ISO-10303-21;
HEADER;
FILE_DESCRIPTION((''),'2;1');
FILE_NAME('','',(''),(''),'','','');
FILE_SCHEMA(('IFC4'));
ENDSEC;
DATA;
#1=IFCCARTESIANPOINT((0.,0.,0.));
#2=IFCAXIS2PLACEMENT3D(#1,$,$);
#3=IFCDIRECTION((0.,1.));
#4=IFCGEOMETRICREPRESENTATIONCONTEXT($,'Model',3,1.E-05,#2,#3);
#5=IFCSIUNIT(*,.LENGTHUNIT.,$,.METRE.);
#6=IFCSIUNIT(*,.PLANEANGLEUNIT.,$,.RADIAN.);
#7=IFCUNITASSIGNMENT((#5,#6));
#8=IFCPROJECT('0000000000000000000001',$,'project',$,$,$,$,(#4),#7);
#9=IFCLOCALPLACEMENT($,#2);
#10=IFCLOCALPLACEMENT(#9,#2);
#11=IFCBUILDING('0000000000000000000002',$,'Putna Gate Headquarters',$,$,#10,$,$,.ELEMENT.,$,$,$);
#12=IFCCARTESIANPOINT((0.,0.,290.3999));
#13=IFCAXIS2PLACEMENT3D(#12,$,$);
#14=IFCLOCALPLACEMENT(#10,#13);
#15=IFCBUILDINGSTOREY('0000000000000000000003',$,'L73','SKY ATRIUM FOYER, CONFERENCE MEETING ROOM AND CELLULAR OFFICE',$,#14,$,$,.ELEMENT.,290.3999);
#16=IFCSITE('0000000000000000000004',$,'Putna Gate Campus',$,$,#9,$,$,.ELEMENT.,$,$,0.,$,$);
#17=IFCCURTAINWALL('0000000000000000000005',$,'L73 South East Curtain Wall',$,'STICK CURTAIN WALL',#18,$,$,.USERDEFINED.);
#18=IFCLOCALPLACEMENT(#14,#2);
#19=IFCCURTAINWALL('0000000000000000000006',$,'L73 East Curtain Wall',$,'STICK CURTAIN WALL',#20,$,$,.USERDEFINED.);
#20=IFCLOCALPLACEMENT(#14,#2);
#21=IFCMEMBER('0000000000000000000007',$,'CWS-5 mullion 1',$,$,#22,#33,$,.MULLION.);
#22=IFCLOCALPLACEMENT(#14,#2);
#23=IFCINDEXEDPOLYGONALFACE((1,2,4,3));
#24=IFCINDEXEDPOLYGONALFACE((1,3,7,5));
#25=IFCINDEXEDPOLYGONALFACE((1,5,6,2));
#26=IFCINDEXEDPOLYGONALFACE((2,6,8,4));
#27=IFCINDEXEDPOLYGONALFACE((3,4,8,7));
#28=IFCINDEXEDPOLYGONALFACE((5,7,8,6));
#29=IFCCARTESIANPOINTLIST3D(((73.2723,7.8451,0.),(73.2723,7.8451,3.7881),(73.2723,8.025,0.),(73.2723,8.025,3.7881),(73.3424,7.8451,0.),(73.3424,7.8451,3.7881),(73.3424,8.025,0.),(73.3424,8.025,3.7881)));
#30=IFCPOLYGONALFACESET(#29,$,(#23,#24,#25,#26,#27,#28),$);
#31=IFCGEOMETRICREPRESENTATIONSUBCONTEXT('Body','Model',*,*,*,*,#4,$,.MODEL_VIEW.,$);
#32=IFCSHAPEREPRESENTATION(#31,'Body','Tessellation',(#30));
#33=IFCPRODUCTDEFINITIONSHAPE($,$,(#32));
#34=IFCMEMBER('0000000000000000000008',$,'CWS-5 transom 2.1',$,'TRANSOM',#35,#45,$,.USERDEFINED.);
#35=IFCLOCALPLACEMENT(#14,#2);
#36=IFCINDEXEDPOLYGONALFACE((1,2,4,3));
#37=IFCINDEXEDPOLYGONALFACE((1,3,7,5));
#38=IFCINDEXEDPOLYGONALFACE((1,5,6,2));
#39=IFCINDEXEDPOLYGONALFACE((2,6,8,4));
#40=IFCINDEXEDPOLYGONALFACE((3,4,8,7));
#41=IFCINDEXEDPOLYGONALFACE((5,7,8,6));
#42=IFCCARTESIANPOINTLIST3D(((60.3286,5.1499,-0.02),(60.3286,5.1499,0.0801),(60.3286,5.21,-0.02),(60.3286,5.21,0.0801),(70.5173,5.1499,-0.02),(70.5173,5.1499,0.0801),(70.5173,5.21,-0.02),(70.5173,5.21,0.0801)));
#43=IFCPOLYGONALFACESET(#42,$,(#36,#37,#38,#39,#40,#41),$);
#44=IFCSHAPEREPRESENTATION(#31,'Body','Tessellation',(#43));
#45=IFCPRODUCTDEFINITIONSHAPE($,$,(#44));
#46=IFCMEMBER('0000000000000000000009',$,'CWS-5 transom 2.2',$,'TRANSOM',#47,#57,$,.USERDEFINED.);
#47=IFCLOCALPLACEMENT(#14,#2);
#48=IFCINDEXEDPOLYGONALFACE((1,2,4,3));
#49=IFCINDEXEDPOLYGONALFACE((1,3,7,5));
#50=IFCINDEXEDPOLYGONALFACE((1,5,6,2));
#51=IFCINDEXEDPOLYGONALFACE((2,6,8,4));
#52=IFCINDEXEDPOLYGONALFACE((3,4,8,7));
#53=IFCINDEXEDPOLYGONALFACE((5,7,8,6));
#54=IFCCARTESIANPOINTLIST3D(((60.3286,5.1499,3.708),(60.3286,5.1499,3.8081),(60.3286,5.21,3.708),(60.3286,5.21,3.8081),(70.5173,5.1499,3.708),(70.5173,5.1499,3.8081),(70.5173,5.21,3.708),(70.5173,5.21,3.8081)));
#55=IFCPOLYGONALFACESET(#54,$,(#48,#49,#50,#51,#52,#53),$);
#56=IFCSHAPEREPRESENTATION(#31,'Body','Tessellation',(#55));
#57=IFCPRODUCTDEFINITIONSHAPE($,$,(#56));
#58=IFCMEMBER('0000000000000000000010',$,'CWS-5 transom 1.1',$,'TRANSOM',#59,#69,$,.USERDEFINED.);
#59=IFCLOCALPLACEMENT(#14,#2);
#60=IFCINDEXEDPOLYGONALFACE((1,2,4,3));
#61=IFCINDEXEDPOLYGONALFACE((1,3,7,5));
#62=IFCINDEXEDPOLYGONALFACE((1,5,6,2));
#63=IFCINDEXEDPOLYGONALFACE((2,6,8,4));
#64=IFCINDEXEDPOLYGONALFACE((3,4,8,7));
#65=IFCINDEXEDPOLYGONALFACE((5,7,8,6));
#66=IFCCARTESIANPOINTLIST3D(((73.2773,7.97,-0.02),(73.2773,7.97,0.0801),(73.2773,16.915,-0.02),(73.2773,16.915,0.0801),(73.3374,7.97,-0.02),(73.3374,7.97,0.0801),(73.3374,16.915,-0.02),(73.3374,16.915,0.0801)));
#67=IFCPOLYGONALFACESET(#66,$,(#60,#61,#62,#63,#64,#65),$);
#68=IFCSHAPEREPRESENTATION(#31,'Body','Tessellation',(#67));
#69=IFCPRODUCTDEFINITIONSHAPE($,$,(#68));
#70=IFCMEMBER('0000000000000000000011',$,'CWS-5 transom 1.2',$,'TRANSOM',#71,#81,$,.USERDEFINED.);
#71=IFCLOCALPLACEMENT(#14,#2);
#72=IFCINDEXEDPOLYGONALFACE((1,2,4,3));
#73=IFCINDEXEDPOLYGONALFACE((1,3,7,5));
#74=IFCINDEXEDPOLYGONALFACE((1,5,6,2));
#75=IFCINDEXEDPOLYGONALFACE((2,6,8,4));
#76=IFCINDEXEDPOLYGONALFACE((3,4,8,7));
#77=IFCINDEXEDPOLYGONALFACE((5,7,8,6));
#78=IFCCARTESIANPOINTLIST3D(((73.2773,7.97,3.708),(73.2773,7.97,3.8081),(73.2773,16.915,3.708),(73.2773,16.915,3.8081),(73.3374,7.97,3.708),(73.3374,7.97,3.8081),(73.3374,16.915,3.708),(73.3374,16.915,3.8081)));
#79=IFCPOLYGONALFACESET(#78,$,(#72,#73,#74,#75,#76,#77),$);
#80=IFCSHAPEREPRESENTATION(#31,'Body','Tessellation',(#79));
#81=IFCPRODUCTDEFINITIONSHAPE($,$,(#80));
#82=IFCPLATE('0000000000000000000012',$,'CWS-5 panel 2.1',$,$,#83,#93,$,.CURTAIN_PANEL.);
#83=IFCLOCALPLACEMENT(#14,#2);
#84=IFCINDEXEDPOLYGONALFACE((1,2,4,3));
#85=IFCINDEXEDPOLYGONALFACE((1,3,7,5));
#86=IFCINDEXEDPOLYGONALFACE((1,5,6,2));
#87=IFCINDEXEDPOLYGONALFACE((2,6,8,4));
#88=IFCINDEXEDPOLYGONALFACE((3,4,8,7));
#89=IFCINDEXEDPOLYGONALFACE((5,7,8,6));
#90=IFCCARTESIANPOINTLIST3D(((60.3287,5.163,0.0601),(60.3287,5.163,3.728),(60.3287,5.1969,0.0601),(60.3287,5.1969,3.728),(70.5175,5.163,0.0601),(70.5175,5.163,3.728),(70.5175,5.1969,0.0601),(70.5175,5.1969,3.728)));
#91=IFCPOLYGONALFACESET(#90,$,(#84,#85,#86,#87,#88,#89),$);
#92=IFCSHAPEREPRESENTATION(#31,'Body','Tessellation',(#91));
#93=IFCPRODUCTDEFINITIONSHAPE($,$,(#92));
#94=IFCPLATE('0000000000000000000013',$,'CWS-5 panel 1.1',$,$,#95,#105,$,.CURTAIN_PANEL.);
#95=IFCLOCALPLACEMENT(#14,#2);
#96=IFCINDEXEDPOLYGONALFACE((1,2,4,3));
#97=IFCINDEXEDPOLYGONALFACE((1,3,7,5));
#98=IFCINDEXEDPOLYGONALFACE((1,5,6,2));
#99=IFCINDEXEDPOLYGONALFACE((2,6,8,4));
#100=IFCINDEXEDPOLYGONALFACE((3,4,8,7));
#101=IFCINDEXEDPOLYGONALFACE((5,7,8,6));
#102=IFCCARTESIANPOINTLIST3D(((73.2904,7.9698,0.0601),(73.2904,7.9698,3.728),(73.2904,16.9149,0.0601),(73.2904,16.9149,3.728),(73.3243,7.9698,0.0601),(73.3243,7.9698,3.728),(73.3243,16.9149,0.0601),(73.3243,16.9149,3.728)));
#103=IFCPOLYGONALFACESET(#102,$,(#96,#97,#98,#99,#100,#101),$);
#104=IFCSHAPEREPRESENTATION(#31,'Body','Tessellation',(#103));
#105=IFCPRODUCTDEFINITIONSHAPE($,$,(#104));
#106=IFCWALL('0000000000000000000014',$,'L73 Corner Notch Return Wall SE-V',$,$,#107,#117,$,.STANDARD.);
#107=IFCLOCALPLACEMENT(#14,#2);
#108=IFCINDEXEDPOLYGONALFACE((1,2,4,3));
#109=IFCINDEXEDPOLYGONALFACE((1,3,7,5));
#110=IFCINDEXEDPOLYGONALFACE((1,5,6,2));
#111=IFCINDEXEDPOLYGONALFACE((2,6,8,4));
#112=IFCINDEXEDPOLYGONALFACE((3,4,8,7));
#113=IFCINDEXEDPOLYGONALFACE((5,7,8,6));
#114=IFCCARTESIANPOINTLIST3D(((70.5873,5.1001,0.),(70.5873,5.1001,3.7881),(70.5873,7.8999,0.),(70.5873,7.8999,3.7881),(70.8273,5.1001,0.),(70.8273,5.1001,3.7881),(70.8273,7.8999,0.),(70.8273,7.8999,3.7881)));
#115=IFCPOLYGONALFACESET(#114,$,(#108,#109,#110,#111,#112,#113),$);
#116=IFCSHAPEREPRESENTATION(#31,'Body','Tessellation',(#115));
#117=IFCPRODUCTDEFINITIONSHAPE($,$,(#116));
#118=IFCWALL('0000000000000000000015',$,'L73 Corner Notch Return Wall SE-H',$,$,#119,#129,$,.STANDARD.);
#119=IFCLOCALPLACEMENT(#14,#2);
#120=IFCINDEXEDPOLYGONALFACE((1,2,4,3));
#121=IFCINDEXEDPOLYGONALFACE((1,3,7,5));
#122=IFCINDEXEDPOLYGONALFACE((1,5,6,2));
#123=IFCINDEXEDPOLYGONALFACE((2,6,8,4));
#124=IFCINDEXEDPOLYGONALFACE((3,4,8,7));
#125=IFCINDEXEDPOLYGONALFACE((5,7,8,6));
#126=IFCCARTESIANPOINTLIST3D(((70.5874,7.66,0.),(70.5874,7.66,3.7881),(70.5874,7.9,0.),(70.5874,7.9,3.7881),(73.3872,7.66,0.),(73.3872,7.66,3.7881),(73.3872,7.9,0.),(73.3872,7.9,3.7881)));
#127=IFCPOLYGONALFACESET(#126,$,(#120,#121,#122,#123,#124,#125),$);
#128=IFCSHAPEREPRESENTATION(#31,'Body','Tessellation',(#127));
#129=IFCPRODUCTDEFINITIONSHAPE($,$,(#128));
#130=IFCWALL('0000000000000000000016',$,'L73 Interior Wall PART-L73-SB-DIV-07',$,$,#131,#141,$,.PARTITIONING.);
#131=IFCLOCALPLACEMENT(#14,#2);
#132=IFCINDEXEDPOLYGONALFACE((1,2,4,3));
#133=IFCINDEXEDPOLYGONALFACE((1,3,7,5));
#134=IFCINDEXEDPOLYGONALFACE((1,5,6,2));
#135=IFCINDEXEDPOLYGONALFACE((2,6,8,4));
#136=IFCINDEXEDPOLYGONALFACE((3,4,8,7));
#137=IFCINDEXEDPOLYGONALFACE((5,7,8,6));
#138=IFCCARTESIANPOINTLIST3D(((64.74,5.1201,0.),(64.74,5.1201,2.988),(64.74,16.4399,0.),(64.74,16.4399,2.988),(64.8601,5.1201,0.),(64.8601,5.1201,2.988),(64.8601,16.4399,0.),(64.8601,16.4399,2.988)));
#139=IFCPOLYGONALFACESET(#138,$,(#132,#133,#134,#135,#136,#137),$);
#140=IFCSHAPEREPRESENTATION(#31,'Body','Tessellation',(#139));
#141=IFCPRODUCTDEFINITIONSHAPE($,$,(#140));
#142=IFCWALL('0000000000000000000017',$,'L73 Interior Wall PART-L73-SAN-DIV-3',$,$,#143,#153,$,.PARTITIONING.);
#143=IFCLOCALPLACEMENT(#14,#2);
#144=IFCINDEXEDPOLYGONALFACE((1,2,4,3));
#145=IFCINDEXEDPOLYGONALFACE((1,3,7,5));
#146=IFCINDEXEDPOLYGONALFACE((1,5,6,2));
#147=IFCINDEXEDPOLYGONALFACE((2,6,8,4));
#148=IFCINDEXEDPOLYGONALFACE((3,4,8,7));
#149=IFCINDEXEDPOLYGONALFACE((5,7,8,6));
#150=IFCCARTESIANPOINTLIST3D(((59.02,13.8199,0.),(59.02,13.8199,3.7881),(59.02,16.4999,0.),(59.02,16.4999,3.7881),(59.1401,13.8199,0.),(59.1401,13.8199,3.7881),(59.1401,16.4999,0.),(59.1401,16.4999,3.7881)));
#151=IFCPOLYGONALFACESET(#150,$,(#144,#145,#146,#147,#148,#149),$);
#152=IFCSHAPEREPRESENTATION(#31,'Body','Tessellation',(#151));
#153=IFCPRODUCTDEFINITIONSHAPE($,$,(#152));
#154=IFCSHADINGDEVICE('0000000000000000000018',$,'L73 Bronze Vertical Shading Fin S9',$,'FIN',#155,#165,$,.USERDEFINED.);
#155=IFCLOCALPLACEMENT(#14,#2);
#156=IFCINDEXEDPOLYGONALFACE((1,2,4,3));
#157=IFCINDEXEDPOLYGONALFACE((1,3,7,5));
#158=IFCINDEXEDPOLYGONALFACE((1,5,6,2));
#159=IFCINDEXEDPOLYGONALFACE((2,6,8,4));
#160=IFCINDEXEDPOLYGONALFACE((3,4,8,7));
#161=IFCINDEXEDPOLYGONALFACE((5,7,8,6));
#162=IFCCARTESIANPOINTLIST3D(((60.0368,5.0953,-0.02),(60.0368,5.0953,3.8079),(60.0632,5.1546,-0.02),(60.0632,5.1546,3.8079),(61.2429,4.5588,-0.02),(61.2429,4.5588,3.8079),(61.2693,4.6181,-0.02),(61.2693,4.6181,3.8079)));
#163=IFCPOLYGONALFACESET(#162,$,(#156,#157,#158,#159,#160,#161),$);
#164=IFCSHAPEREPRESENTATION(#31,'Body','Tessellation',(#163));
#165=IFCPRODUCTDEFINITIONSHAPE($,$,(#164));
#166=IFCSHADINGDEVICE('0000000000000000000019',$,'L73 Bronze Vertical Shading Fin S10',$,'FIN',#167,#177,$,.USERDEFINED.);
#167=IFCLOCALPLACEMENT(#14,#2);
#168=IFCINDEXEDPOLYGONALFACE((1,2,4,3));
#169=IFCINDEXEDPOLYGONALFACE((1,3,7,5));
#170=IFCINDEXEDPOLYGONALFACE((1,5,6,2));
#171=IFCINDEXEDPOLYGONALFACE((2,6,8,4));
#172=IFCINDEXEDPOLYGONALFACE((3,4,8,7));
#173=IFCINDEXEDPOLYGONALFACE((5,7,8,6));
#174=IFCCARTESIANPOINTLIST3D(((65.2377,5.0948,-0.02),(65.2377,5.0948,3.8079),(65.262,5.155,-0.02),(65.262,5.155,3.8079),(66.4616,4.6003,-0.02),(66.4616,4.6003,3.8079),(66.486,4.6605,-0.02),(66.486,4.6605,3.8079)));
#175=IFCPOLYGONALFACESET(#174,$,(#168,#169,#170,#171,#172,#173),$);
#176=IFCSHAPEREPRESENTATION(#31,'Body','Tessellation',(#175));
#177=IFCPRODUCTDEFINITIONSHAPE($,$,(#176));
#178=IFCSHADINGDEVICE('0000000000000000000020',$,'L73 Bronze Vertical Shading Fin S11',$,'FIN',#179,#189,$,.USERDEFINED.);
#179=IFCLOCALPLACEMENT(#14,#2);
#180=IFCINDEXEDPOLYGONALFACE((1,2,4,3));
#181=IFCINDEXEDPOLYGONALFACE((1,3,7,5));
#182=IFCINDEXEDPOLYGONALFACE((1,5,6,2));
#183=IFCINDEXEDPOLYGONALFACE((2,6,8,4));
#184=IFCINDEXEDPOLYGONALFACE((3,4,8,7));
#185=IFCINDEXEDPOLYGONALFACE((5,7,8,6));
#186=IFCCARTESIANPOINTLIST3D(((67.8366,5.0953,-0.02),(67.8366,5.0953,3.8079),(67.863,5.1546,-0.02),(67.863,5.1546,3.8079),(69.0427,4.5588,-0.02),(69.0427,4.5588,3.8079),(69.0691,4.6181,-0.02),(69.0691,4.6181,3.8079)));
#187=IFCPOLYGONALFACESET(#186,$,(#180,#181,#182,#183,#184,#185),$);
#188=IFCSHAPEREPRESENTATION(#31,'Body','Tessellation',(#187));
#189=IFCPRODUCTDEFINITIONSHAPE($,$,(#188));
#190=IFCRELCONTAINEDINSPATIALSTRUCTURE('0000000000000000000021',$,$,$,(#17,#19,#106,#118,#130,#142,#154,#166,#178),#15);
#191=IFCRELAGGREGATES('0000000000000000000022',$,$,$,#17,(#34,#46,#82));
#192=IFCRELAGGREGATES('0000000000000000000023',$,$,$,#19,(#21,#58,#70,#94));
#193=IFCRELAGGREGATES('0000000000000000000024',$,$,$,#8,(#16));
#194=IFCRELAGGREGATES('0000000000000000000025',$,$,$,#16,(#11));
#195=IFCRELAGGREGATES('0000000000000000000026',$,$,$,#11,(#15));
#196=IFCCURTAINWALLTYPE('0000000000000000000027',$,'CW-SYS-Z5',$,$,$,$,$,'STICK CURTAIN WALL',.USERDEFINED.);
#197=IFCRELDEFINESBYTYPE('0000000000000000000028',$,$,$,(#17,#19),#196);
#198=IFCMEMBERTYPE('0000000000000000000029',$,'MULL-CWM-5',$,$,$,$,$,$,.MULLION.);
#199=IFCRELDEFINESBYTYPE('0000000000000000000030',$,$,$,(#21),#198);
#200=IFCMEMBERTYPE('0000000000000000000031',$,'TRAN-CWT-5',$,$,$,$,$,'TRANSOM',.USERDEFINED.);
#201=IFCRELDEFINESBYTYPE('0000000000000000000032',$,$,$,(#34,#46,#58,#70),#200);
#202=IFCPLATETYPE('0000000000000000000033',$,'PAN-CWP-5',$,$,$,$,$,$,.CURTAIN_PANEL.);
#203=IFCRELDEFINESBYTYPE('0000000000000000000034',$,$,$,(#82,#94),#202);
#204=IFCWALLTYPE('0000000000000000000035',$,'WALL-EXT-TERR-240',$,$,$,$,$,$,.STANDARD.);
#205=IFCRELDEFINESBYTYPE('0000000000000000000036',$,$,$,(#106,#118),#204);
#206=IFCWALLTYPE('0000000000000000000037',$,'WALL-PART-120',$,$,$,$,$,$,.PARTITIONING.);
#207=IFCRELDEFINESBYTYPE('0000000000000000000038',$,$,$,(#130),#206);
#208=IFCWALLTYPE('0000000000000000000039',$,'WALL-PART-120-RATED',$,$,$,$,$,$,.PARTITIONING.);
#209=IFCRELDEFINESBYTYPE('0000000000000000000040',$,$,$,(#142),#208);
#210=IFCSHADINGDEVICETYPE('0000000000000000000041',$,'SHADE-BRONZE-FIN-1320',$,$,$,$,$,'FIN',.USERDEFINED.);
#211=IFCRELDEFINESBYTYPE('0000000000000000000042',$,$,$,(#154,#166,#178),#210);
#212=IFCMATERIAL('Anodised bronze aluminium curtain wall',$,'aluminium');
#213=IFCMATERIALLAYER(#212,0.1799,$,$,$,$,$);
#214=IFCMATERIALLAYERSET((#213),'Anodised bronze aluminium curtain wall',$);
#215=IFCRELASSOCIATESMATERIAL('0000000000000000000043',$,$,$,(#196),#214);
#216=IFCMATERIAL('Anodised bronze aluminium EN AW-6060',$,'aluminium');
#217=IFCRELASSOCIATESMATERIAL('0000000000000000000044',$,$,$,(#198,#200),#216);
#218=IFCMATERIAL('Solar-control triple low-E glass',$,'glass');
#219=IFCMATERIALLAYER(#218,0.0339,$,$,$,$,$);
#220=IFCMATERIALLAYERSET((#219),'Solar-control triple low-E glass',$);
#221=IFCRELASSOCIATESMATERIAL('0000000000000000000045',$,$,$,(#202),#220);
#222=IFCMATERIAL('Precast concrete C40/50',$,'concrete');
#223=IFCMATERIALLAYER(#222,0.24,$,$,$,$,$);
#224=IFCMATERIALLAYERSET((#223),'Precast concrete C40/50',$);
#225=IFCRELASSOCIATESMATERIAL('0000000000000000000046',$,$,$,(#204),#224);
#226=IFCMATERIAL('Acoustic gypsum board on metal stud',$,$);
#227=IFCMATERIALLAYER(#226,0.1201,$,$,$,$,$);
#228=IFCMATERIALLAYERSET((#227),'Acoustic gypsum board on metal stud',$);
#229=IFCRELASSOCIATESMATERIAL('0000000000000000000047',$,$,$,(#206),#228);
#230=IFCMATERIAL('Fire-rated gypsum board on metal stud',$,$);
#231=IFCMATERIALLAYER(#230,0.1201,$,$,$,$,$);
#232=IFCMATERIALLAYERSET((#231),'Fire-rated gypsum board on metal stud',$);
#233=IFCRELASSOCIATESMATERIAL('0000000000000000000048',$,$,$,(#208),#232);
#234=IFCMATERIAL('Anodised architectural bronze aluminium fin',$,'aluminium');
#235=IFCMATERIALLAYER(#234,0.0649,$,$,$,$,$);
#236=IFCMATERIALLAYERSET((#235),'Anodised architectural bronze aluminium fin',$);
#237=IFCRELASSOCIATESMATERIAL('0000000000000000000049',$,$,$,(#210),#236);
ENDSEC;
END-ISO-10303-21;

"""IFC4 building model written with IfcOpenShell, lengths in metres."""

from ifc_helpers import new_model, si_unit, direction, frame, frame_2d, origin, origin_2d, place, context, subcontext, project, spatial, rectangle, extrude, material, layer, layer_set, material_profile, profile_set, type_object, element, aggregate, save


model = new_model("IFC4")

# Units and contexts
model_context = context("Model", 3, precision=1e-05, world=origin(), true_north=direction((0.0, 1.0)))
body_context = subcontext(model_context, "Body", "Model", "MODEL_VIEW")
ifc_project = project(units=[si_unit("LENGTHUNIT", "METRE"), si_unit("PLANEANGLEUNIT", "RADIAN")], contexts=[model_context])

# Site, building, storey
site_placement = place(None, origin())
site = spatial("IfcSite", under=ifc_project, at=site_placement, Name="Putna Gate Campus", CompositionType="ELEMENT", RefElevation=0.0)
building_placement = place(site_placement, origin())
building = spatial("IfcBuilding", under=site, at=building_placement, Name="Putna Gate Headquarters", CompositionType="ELEMENT")
storey_placement = place(building_placement, frame((0.0, 0.0, 290.3999)))
storey = spatial("IfcBuildingStorey", under=building, at=storey_placement, Name="L73", Description="SKY ATRIUM FOYER, CONFERENCE MEETING ROOM AND CELLULAR OFFICE", CompositionType="ELEMENT", Elevation=290.3999)

# Curtain wall
ifc_material_1 = material(Name="Anodised bronze aluminium curtain wall", Category="aluminium")
ifc_layer_1 = layer(ifc_material_1, 0.1799)
ifc_layer_set_1 = layer_set([ifc_layer_1], Name="Anodised bronze aluminium curtain wall")
curtain_wall_type = type_object("IfcCurtainWallType", Name="CW-SYS-Z5", ElementType="STICK CURTAIN WALL", PredefinedType="USERDEFINED", material=ifc_layer_set_1)
curtain_wall_1_placement = place(storey_placement, origin())
curtain_wall_1 = element("IfcCurtainWall", 1, at=curtain_wall_1_placement, inside=storey, type_object=curtain_wall_type, Name="L73 South East Curtain Wall", ObjectType="STICK CURTAIN WALL", PredefinedType="USERDEFINED")
ifc_material_2 = material(Name="Anodised bronze aluminium EN AW-6060", Category="aluminium")
ifc_material_profile_1 = material_profile(ifc_material_2, rectangle(XDim=0.0701, YDim=0.1799, at=origin_2d()), Name="Anodised bronze aluminium EN AW-6060")
ifc_profile_set_1 = profile_set([ifc_material_profile_1], Name="Anodised bronze aluminium EN AW-6060")
member_type_1 = type_object("IfcMemberType", Name="MULL-CWM-5", PredefinedType="MULLION", material=ifc_profile_set_1)

# Curtain wall, member
curtain_wall_2_placement = place(storey_placement, origin())
curtain_wall_2 = element("IfcCurtainWall", 2, at=curtain_wall_2_placement, inside=storey, type_object=curtain_wall_type, Name="L73 East Curtain Wall", ObjectType="STICK CURTAIN WALL", PredefinedType="USERDEFINED")
member_1_placement = place(storey_placement, frame((73.3074, 7.9351, 0.0), z_axis=(0.0, 0.0, 1.0), x_axis=(-1.0, 0.0, 0.0)))
member_1 = element("IfcMember", 3, at=member_1_placement, type_object=member_type_1, Name="CWS-5 mullion 1", PredefinedType="MULLION", context=body_context, shape_type="SweptSolid", body=[
    extrude(rectangle(XDim=0.0701, YDim=0.1799, at=origin_2d()), origin(), (0.0, 0.0, 1.0), 3.7881),
])

# Members
ifc_material_profile_2 = material_profile(ifc_material_2, rectangle(XDim=0.0601, YDim=0.1001, at=origin_2d()), Name="Anodised bronze aluminium EN AW-6060")
ifc_profile_set_2 = profile_set([ifc_material_profile_2], Name="Anodised bronze aluminium EN AW-6060")
member_type_2 = type_object("IfcMemberType", Name="TRAN-CWT-5", ElementType="TRANSOM", PredefinedType="USERDEFINED", material=ifc_profile_set_2)
member_2_placement = place(storey_placement, frame((60.3286, 5.1799, 0.03), z_axis=(1.0, 0.0, 0.0), x_axis=(0.0, 1.0, 0.0)))
member_2 = element("IfcMember", 4, at=member_2_placement, type_object=member_type_2, Name="CWS-5 transom 2.1", ObjectType="TRANSOM", PredefinedType="USERDEFINED", context=body_context, shape_type="SweptSolid", body=[
    extrude(rectangle(XDim=0.0601, YDim=0.1001, at=origin_2d()), origin(), (0.0, 0.0, 1.0), 10.1887),
])
member_3_placement = place(storey_placement, frame((60.3286, 5.1799, 3.7581), z_axis=(1.0, 0.0, 0.0), x_axis=(0.0, 1.0, 0.0)))
member_3 = element("IfcMember", 5, at=member_3_placement, type_object=member_type_2, Name="CWS-5 transom 2.2", ObjectType="TRANSOM", PredefinedType="USERDEFINED", context=body_context, shape_type="SweptSolid", body=[
    extrude(rectangle(XDim=0.0601, YDim=0.1001, at=origin_2d()), origin(), (0.0, 0.0, 1.0), 10.1887),
])
member_4_placement = place(storey_placement, frame((73.3074, 7.97, 0.03), z_axis=(0.0, 1.0, 0.0), x_axis=(-1.0, 0.0, 0.0)))
member_4 = element("IfcMember", 6, at=member_4_placement, type_object=member_type_2, Name="CWS-5 transom 1.1", ObjectType="TRANSOM", PredefinedType="USERDEFINED", context=body_context, shape_type="SweptSolid", body=[
    extrude(rectangle(XDim=0.0601, YDim=0.1001, at=origin_2d()), origin(), (0.0, 0.0, 1.0), 8.9451),
])
member_5_placement = place(storey_placement, frame((73.3074, 7.97, 3.7581), z_axis=(0.0, 1.0, 0.0), x_axis=(-1.0, 0.0, 0.0)))
member_5 = element("IfcMember", 7, at=member_5_placement, type_object=member_type_2, Name="CWS-5 transom 1.2", ObjectType="TRANSOM", PredefinedType="USERDEFINED", context=body_context, shape_type="SweptSolid", body=[
    extrude(rectangle(XDim=0.0601, YDim=0.1001, at=origin_2d()), origin(), (0.0, 0.0, 1.0), 8.9451),
])

# Plates
ifc_material_3 = material(Name="Solar-control triple low-E glass", Category="glass")
ifc_layer_2 = layer(ifc_material_3, 0.0339)
ifc_layer_set_2 = layer_set([ifc_layer_2], Name="Solar-control triple low-E glass")
plate_type = type_object("IfcPlateType", Name="PAN-CWP-5", PredefinedType="CURTAIN_PANEL", material=ifc_layer_set_2)
plate_1_placement = place(storey_placement, frame((65.4231, 5.1799, 0.0601), z_axis=(0.0, 0.0, 1.0), x_axis=(1.0, 0.0, 0.0)))
plate_1 = element("IfcPlate", 8, at=plate_1_placement, type_object=plate_type, Name="CWS-5 panel 2.1", PredefinedType="CURTAIN_PANEL", context=body_context, shape_type="SweptSolid", body=[
    extrude(rectangle(XDim=10.1887, YDim=0.0339, at=origin_2d()), origin(), (0.0, 0.0, 1.0), 3.668),
])
aggregate(curtain_wall_1, [member_2, member_3, plate_1])
plate_2_placement = place(storey_placement, frame((73.3074, 12.4424, 0.0601), z_axis=(0.0, 0.0, 1.0), x_axis=(0.0, 1.0, 0.0)))
plate_2 = element("IfcPlate", 9, at=plate_2_placement, type_object=plate_type, Name="CWS-5 panel 1.1", PredefinedType="CURTAIN_PANEL", context=body_context, shape_type="SweptSolid", body=[
    extrude(rectangle(XDim=8.9451, YDim=0.0339, at=origin_2d()), origin(), (0.0, 0.0, 1.0), 3.668),
])
aggregate(curtain_wall_2, [member_1, member_4, member_5, plate_2])

# Walls
ifc_material_4 = material(Name="Precast concrete C40/50", Category="concrete")
ifc_layer_3 = layer(ifc_material_4, 0.24)
ifc_layer_set_3 = layer_set([ifc_layer_3], Name="Precast concrete C40/50")
wall_type_1 = type_object("IfcWallType", Name="WALL-EXT-TERR-240", PredefinedType="STANDARD", material=ifc_layer_set_3)
for number, where, z_axis, x_axis, name in (
    (10, (70.7073, 7.8999, 0.0), (0.0, 0.0, 1.0), (0.0, -1.0, 0.0), "L73 Corner Notch Return Wall SE-V"),
    (11, (73.3872, 7.78, 0.0), (0.0, 0.0, 1.0), (-1.0, 0.0, 0.0), "L73 Corner Notch Return Wall SE-H"),
):
    element("IfcWall", number, at=place(storey_placement, frame(where, z_axis=z_axis, x_axis=x_axis)), inside=storey, type_object=wall_type_1, Name=name, PredefinedType="STANDARD", context=body_context, shape_type="SweptSolid", body=[
        extrude(rectangle(XDim=2.7998, YDim=0.24, at=frame_2d((1.3999, 0.0))), origin(), (0.0, 0.0, 1.0), 3.7881),
    ])
ifc_material_5 = material(Name="Acoustic gypsum board on metal stud")
ifc_layer_4 = layer(ifc_material_5, 0.1201)
ifc_layer_set_4 = layer_set([ifc_layer_4], Name="Acoustic gypsum board on metal stud")
wall_type_2 = type_object("IfcWallType", Name="WALL-PART-120", PredefinedType="PARTITIONING", material=ifc_layer_set_4)
wall_1_placement = place(storey_placement, frame((64.8, 5.1201, 0.0), z_axis=(0.0, 0.0, 1.0), x_axis=(0.0, 1.0, 0.0)))
element("IfcWall", 12, at=wall_1_placement, inside=storey, type_object=wall_type_2, Name="L73 Interior Wall PART-L73-SB-DIV-07", PredefinedType="PARTITIONING", context=body_context, shape_type="SweptSolid", body=[
    extrude(rectangle(XDim=11.3198, YDim=0.1201, at=frame_2d((5.6599, 0.0))), origin(), (0.0, 0.0, 1.0), 2.988),
])
ifc_material_6 = material(Name="Fire-rated gypsum board on metal stud")
ifc_layer_5 = layer(ifc_material_6, 0.1201)
ifc_layer_set_5 = layer_set([ifc_layer_5], Name="Fire-rated gypsum board on metal stud")
wall_type_3 = type_object("IfcWallType", Name="WALL-PART-120-RATED", PredefinedType="PARTITIONING", material=ifc_layer_set_5)
wall_2_placement = place(storey_placement, frame((59.0801, 13.8201, 0.0), z_axis=(0.0, 0.0, 1.0), x_axis=(0.0, 1.0, 0.0)))
element("IfcWall", 13, at=wall_2_placement, inside=storey, type_object=wall_type_3, Name="L73 Interior Wall PART-L73-SAN-DIV-3", PredefinedType="PARTITIONING", context=body_context, shape_type="SweptSolid", body=[
    extrude(rectangle(XDim=2.6799, YDim=0.1201, at=frame_2d((1.3398, 0.0))), origin(), (0.0, 0.0, 1.0), 3.7881),
])

# Shading devices
ifc_material_7 = material(Name="Anodised architectural bronze aluminium fin", Category="aluminium")
ifc_layer_6 = layer(ifc_material_7, 0.0649)
ifc_layer_set_6 = layer_set([ifc_layer_6], Name="Anodised architectural bronze aluminium fin")
shading_device_type = type_object("IfcShadingDeviceType", Name="SHADE-BRONZE-FIN-1320", ElementType="FIN", PredefinedType="USERDEFINED", material=ifc_layer_set_6)
for number, where, z_axis, x_axis, name in (
    (14, (60.6531, 4.8567, -0.02), (0.0, 0.0, 1.0), (0.913687, -0.406418, 0.0), "L73 Bronze Vertical Shading Fin S9"),
    (15, (65.8618, 4.8777, -0.02), (0.0, 0.0, 1.0), (0.927184, -0.374607, 0.0), "L73 Bronze Vertical Shading Fin S10"),
    (16, (68.4529, 4.8567, -0.02), (0.0, 0.0, 1.0), (0.913687, -0.406418, 0.0), "L73 Bronze Vertical Shading Fin S11"),
):
    element("IfcShadingDevice", number, at=place(storey_placement, frame(where, z_axis=z_axis, x_axis=x_axis)), inside=storey, type_object=shading_device_type, Name=name, ObjectType="FIN", PredefinedType="USERDEFINED", context=body_context, shape_type="SweptSolid", body=[
        extrude(rectangle(XDim=1.3201, YDim=0.0649, at=origin_2d()), origin(), (0.0, 0.0, 1.0), 3.8279),
    ])

save(model, "model.ifc")
